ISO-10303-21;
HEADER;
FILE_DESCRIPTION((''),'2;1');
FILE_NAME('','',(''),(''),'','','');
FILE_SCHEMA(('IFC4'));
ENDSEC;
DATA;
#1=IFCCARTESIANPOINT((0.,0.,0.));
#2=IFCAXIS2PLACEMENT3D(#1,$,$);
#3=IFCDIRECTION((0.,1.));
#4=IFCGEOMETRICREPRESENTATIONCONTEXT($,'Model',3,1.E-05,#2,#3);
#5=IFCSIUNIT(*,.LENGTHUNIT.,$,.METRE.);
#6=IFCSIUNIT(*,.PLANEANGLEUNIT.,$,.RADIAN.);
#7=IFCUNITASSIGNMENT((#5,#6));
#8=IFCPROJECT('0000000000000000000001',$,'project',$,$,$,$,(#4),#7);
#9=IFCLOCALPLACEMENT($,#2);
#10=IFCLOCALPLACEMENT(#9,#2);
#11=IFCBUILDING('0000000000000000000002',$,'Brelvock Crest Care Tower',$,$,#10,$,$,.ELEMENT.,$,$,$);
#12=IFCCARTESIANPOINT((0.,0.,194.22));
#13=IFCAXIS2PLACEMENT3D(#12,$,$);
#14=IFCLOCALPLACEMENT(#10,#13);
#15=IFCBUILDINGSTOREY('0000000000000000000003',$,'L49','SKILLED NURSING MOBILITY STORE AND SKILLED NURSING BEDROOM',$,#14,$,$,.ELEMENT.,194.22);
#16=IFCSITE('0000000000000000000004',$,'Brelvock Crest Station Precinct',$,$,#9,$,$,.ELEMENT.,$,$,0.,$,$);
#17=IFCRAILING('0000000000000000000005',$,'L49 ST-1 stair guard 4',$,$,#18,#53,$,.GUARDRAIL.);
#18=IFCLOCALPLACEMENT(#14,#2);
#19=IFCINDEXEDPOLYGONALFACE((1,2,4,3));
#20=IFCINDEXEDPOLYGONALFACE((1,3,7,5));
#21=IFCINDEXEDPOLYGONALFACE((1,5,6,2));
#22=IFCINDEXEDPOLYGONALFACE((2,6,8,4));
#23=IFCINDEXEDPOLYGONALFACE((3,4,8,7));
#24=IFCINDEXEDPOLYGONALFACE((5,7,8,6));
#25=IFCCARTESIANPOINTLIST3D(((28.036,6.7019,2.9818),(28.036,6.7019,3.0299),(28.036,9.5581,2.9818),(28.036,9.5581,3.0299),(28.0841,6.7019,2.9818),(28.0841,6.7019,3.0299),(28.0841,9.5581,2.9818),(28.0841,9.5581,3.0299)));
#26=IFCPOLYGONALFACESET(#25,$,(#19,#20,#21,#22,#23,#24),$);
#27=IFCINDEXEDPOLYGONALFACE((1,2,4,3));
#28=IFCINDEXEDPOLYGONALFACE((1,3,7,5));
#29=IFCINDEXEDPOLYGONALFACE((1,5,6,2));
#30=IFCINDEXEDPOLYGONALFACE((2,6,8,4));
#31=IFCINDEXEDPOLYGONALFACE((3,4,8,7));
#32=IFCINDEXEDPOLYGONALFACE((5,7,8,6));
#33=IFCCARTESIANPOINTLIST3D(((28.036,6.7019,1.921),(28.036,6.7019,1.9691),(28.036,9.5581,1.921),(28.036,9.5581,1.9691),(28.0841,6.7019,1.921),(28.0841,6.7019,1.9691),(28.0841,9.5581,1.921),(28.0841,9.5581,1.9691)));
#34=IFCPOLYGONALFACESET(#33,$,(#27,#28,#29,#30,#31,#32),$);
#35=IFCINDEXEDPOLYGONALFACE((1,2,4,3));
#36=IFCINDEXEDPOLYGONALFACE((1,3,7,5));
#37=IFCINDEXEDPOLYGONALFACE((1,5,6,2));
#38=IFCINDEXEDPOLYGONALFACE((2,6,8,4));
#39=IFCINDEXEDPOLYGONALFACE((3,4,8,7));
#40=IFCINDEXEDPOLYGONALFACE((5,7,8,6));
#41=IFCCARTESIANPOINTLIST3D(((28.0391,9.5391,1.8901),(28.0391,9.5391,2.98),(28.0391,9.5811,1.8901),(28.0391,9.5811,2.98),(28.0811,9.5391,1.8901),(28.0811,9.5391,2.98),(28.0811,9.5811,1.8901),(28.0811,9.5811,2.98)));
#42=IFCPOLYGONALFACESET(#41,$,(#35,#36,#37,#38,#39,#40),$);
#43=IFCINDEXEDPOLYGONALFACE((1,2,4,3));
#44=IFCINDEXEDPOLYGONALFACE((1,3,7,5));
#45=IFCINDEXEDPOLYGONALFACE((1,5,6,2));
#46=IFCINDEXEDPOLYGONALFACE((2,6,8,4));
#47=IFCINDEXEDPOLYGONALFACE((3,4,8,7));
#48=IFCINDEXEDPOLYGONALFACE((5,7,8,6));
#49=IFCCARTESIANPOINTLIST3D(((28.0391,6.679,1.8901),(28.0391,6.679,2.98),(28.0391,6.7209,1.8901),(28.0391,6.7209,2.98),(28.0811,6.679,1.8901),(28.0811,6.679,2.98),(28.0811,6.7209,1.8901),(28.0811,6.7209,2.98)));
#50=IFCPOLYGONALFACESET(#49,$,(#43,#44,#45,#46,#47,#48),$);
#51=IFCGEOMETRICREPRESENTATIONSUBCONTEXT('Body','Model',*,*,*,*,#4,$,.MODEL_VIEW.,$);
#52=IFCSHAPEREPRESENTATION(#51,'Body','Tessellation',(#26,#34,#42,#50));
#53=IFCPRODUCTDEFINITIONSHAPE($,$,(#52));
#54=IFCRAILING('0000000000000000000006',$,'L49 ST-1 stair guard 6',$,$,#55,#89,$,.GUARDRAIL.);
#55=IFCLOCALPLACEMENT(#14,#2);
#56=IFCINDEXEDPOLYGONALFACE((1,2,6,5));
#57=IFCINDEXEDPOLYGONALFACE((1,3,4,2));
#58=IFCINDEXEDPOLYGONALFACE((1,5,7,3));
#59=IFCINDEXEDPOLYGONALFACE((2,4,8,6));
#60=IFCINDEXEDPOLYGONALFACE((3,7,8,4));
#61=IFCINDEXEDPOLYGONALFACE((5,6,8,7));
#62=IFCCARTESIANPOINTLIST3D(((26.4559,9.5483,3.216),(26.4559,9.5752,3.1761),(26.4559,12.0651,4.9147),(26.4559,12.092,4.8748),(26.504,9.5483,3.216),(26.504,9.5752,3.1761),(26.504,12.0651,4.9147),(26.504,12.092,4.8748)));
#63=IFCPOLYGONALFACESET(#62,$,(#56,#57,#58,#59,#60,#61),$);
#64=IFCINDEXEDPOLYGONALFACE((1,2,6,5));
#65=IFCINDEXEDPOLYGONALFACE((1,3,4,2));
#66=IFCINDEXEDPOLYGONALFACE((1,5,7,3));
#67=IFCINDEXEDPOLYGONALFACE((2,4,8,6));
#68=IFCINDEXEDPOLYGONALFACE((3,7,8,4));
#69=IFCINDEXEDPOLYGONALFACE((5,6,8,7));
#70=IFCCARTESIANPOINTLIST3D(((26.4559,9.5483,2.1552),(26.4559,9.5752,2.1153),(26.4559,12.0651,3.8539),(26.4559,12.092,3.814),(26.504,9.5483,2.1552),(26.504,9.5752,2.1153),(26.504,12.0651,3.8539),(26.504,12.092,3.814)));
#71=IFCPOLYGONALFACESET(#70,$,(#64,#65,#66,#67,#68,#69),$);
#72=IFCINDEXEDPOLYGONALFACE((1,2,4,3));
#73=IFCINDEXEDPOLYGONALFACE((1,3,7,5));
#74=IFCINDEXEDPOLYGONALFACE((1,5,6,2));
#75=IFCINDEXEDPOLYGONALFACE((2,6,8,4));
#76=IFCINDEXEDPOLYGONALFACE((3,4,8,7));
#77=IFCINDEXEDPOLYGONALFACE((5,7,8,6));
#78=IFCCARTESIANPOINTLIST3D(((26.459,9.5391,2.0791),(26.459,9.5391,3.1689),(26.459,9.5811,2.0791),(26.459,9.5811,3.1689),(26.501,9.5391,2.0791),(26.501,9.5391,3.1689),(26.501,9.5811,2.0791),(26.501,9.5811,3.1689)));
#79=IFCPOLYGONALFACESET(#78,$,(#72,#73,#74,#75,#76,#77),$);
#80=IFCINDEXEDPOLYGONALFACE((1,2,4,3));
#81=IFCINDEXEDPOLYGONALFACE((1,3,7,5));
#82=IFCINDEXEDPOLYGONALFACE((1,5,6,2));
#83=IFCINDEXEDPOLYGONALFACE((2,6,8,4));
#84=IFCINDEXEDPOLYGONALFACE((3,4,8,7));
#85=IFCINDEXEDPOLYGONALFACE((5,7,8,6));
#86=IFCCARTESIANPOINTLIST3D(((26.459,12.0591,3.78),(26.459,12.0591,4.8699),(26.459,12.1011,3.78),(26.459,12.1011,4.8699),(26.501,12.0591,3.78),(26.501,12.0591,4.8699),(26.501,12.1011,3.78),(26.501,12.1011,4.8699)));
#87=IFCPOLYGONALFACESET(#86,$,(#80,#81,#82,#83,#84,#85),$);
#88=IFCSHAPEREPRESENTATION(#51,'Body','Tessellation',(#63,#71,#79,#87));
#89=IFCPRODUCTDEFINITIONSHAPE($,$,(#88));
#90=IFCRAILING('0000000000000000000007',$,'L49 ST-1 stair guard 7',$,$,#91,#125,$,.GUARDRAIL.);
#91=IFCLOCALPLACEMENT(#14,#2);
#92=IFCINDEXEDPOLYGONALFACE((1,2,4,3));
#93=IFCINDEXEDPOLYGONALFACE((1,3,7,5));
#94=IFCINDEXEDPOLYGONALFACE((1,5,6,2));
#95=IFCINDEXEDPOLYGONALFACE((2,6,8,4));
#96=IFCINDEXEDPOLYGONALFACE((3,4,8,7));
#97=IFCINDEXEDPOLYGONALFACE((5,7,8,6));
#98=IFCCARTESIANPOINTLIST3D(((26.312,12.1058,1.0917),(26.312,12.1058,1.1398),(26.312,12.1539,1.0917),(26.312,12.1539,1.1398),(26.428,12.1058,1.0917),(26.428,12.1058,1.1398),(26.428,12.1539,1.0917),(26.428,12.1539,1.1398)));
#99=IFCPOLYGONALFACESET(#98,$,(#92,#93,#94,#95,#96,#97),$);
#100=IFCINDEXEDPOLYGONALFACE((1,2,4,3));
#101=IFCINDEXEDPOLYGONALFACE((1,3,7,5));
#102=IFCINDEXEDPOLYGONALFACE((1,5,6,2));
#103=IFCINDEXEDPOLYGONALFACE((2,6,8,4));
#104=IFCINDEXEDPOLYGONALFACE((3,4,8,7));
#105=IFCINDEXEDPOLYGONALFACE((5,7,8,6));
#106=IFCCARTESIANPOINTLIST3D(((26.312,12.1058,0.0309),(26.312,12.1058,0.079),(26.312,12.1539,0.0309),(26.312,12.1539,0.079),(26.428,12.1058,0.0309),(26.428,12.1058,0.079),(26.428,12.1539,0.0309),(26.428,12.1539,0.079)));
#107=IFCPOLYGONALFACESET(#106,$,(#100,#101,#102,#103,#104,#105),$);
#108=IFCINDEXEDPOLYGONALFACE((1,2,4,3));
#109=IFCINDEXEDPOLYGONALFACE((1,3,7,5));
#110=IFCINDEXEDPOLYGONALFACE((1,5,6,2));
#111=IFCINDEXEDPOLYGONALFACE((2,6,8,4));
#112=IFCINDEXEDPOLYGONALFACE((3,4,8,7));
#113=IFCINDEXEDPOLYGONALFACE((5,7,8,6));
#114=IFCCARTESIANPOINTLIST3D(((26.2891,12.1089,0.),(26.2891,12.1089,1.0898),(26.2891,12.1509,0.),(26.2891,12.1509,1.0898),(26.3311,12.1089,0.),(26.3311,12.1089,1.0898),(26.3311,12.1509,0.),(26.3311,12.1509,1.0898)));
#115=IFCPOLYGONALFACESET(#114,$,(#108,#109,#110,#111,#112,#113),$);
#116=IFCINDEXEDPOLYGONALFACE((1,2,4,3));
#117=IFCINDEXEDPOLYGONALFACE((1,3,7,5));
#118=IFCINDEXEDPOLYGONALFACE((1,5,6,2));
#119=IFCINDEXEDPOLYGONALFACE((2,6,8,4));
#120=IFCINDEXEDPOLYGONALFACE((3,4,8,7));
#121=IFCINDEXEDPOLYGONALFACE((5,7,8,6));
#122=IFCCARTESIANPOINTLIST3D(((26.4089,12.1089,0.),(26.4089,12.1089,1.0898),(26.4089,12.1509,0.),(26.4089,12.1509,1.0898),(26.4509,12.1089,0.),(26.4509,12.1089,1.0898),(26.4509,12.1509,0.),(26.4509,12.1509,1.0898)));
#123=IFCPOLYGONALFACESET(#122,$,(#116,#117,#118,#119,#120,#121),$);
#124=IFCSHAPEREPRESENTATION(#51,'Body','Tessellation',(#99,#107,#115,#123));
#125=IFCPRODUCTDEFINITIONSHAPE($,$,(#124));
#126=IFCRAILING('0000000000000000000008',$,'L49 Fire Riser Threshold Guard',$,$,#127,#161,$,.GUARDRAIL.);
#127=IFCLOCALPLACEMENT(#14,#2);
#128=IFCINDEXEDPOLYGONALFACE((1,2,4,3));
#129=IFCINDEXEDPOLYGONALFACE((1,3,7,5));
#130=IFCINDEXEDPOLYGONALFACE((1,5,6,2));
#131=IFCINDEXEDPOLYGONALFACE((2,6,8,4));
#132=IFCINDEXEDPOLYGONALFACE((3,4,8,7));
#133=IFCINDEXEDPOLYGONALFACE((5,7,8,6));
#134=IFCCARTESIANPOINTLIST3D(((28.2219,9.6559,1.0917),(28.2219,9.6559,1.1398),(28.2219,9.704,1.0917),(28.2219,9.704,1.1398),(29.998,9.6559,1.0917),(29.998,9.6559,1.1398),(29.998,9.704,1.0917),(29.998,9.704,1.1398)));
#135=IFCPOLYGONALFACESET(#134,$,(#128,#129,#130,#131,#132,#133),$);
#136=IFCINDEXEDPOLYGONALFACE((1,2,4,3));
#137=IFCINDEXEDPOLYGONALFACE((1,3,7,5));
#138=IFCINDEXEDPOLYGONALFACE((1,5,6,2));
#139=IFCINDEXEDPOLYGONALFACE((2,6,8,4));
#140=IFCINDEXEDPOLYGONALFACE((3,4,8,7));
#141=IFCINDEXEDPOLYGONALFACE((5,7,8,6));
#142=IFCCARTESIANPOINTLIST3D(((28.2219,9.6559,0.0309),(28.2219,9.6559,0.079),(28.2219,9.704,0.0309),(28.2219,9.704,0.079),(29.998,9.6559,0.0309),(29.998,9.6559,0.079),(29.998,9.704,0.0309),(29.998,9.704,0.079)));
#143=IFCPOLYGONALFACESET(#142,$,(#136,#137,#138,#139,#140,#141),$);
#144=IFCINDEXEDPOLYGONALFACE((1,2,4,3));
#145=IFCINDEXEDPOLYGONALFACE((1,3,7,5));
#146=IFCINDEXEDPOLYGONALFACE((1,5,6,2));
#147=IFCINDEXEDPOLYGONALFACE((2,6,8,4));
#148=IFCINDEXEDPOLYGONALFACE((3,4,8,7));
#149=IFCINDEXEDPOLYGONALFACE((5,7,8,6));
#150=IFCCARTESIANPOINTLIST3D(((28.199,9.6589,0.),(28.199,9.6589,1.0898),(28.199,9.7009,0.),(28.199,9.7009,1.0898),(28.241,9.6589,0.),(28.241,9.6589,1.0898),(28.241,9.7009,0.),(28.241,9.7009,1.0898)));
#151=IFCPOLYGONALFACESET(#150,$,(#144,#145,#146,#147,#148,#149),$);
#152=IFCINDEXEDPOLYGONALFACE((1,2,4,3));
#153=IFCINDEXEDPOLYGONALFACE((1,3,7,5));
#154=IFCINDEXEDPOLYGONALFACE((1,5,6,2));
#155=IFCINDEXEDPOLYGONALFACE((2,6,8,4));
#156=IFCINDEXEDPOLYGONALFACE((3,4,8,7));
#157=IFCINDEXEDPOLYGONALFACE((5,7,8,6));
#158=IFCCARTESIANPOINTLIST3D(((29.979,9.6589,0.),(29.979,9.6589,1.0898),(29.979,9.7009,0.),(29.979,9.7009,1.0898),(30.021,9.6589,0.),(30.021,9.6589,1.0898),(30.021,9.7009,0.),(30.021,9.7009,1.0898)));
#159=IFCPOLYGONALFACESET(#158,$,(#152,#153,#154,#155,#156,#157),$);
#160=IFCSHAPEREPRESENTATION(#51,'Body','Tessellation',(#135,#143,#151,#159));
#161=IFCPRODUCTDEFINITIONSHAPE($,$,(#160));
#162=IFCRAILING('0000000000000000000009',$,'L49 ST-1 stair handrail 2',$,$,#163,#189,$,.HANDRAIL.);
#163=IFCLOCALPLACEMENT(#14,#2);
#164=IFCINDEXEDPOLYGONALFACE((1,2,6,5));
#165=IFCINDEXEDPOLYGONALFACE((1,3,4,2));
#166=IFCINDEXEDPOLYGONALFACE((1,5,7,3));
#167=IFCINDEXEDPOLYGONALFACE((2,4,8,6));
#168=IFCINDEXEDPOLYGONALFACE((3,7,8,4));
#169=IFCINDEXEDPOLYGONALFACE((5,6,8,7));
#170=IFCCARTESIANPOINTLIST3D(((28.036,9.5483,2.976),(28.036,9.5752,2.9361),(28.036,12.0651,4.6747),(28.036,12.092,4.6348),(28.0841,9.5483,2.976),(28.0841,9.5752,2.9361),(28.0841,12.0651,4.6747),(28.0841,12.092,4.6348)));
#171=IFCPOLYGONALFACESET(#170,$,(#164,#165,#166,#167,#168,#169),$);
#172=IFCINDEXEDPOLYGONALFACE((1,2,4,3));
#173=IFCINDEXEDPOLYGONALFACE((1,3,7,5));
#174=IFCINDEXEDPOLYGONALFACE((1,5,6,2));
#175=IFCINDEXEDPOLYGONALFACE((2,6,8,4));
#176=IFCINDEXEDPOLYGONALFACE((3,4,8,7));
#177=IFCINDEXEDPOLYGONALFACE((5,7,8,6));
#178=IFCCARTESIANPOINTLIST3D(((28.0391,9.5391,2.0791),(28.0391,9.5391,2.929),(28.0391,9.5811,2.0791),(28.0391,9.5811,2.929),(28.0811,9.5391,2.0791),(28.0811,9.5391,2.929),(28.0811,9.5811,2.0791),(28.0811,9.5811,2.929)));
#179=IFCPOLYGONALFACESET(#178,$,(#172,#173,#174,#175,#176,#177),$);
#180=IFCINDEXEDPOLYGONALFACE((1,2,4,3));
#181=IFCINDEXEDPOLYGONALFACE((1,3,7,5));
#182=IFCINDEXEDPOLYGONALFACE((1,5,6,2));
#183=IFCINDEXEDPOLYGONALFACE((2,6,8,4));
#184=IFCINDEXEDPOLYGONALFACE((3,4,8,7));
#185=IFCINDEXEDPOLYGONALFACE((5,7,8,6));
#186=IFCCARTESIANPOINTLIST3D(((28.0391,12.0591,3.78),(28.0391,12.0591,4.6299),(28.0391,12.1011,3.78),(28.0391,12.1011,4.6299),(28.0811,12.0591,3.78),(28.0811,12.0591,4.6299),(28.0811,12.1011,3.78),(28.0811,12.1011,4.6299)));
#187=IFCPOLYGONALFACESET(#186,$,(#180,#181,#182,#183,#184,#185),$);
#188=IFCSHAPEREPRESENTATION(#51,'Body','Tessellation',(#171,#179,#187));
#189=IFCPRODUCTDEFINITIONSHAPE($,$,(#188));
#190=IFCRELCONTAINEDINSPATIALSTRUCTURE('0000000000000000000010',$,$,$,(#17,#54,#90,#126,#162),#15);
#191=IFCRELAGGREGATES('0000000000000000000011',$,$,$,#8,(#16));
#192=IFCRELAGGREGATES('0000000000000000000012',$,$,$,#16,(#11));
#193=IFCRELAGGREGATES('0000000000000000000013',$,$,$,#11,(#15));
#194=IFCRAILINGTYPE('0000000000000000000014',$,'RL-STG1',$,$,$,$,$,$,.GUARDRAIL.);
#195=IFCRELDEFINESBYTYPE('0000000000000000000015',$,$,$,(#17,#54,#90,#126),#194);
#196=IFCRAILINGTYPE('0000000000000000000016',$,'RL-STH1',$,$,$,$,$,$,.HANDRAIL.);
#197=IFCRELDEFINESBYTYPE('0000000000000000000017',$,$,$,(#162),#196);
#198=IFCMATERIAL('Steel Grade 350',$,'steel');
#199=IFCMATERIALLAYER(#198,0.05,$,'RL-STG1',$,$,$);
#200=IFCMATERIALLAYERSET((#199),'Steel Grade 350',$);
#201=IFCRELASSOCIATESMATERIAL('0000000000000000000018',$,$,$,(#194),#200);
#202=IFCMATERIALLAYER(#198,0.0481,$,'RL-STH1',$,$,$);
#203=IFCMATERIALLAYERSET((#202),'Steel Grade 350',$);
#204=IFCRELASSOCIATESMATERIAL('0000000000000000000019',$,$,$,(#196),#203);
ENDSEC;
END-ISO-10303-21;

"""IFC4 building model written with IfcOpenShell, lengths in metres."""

from ifc_helpers import new_model, si_unit, direction, frame, origin, origin_2d, place, context, subcontext, project, spatial, rectangle, extrude, material, layer, layer_set, type_object, element, save


model = new_model("IFC4")

# Units and contexts
model_context = context("Model", 3, precision=1e-05, world=origin(), true_north=direction((0.0, 1.0)))
body_context = subcontext(model_context, "Body", "Model", "MODEL_VIEW")
ifc_project = project(units=[si_unit("LENGTHUNIT", "METRE"), si_unit("PLANEANGLEUNIT", "RADIAN")], contexts=[model_context])

# Site, building, storey
site_placement = place(None, origin())
site = spatial("IfcSite", under=ifc_project, at=site_placement, Name="Brelvock Crest Station Precinct", CompositionType="ELEMENT", RefElevation=0.0)
building_placement = place(site_placement, origin())
building = spatial("IfcBuilding", under=site, at=building_placement, Name="Brelvock Crest Care Tower", CompositionType="ELEMENT")
storey_placement = place(building_placement, frame((0.0, 0.0, 194.22)))
storey = spatial("IfcBuildingStorey", under=building, at=storey_placement, Name="L49", Description="SKILLED NURSING MOBILITY STORE AND SKILLED NURSING BEDROOM", CompositionType="ELEMENT", Elevation=194.22)

# Shared definitions
ifc_material_1 = material(Name="Steel Grade 350", Category="steel")

# Railings
ifc_layer_1 = layer(ifc_material_1, 0.05, Name="RL-STG1")
ifc_layer_set_1 = layer_set([ifc_layer_1], Name="Steel Grade 350")
railing_type_1 = type_object("IfcRailingType", Name="RL-STG1", PredefinedType="GUARDRAIL", material=ifc_layer_set_1)
railing_1_placement = place(storey_placement, frame((28.0601, 9.5601, 1.8901)))
element("IfcRailing", 1, at=railing_1_placement, inside=storey, type_object=railing_type_1, Name="L49 ST-1 stair guard 4", PredefinedType="GUARDRAIL", context=body_context, shape_type="SweptSolid", body=[
    extrude(rectangle(XDim=0.0481, YDim=0.0481, at=origin_2d()), frame((0.0, -0.002, 1.1157), z_axis=(0.0, -1.0, 0.0), x_axis=(1.0, 0.0, 0.0)), (0.0, 0.0, 1.0), 2.8562),
    extrude(rectangle(XDim=0.0481, YDim=0.0481, at=origin_2d()), frame((0.0, -0.002, 0.0549), z_axis=(0.0, -1.0, 0.0), x_axis=(1.0, 0.0, 0.0)), (0.0, 0.0, 1.0), 2.8562),
    extrude(rectangle(XDim=0.042, YDim=0.042, at=origin_2d()), origin(), (0.0, 0.0, 1.0), 1.0898),
    extrude(rectangle(XDim=0.042, YDim=0.042, at=origin_2d()), frame((0.0, -2.8601, 0.0)), (0.0, 0.0, 1.0), 1.0898),
])
railing_2_placement = place(storey_placement, frame((26.48, 9.5601, 2.0791)))
element("IfcRailing", 2, at=railing_2_placement, inside=storey, type_object=railing_type_1, Name="L49 ST-1 stair guard 6", PredefinedType="GUARDRAIL", context=body_context, shape_type="SweptSolid", body=[
    extrude(rectangle(XDim=0.0481, YDim=0.0481, at=origin_2d()), frame((0.0, 0.0017, 1.1169), z_axis=(0.0, 0.828862, 0.559454), x_axis=(-1.0, 0.0, 0.0)), (0.0, 0.0, 1.0), 3.0364),
    extrude(rectangle(XDim=0.0481, YDim=0.0481, at=origin_2d()), frame((0.0, 0.0017, 0.0562), z_axis=(0.0, 0.828862, 0.559454), x_axis=(-1.0, 0.0, 0.0)), (0.0, 0.0, 1.0), 3.0364),
    extrude(rectangle(XDim=0.042, YDim=0.042, at=origin_2d()), origin(), (0.0, 0.0, 1.0), 1.0898),
    extrude(rectangle(XDim=0.042, YDim=0.042, at=origin_2d()), frame((0.0, 2.52, 1.7009)), (0.0, 0.0, 1.0), 1.0898),
])
railing_3_placement = place(storey_placement, frame((26.3101, 12.1299, 0.0)))
element("IfcRailing", 3, at=railing_3_placement, inside=storey, type_object=railing_type_1, Name="L49 ST-1 stair guard 7", PredefinedType="GUARDRAIL", context=body_context, shape_type="SweptSolid", body=[
    extrude(rectangle(XDim=0.0481, YDim=0.0481, at=origin_2d()), frame((0.002, 0.0, 1.1157), z_axis=(1.0, 0.0, 0.0), x_axis=(0.0, 1.0, 0.0)), (0.0, 0.0, 1.0), 0.116),
    extrude(rectangle(XDim=0.0481, YDim=0.0481, at=origin_2d()), frame((0.002, 0.0, 0.0549), z_axis=(1.0, 0.0, 0.0), x_axis=(0.0, 1.0, 0.0)), (0.0, 0.0, 1.0), 0.116),
    extrude(rectangle(XDim=0.042, YDim=0.042, at=origin_2d()), origin(), (0.0, 0.0, 1.0), 1.0898),
    extrude(rectangle(XDim=0.042, YDim=0.042, at=origin_2d()), frame((0.1199, 0.0, 0.0)), (0.0, 0.0, 1.0), 1.0898),
])
railing_4_placement = place(storey_placement, frame((28.22, 9.6799, 0.0)))
element("IfcRailing", 4, at=railing_4_placement, inside=storey, type_object=railing_type_1, Name="L49 Fire Riser Threshold Guard", PredefinedType="GUARDRAIL", context=body_context, shape_type="SweptSolid", body=[
    extrude(rectangle(XDim=0.0481, YDim=0.0481, at=origin_2d()), frame((0.002, 0.0, 1.1157), z_axis=(1.0, 0.0, 0.0), x_axis=(0.0, 1.0, 0.0)), (0.0, 0.0, 1.0), 1.7761),
    extrude(rectangle(XDim=0.0481, YDim=0.0481, at=origin_2d()), frame((0.002, 0.0, 0.0549), z_axis=(1.0, 0.0, 0.0), x_axis=(0.0, 1.0, 0.0)), (0.0, 0.0, 1.0), 1.7761),
    extrude(rectangle(XDim=0.042, YDim=0.042, at=origin_2d()), origin(), (0.0, 0.0, 1.0), 1.0898),
    extrude(rectangle(XDim=0.042, YDim=0.042, at=origin_2d()), frame((1.78, 0.0, 0.0)), (0.0, 0.0, 1.0), 1.0898),
])
ifc_layer_2 = layer(ifc_material_1, 0.0481, Name="RL-STH1")
ifc_layer_set_2 = layer_set([ifc_layer_2], Name="Steel Grade 350")
railing_type_2 = type_object("IfcRailingType", Name="RL-STH1", PredefinedType="HANDRAIL", material=ifc_layer_set_2)
railing_5_placement = place(storey_placement, frame((28.0601, 9.5601, 2.0791)))
element("IfcRailing", 5, at=railing_5_placement, inside=storey, type_object=railing_type_2, Name="L49 ST-1 stair handrail 2", PredefinedType="HANDRAIL", context=body_context, shape_type="SweptSolid", body=[
    extrude(rectangle(XDim=0.0481, YDim=0.0481, at=origin_2d()), frame((0.0, 0.0017, 0.877), z_axis=(0.0, 0.828862, 0.559454), x_axis=(-1.0, 0.0, 0.0)), (0.0, 0.0, 1.0), 3.0364),
    extrude(rectangle(XDim=0.042, YDim=0.042, at=origin_2d()), origin(), (0.0, 0.0, 1.0), 0.8499),
    extrude(rectangle(XDim=0.042, YDim=0.042, at=origin_2d()), frame((0.0, 2.52, 1.7009)), (0.0, 0.0, 1.0), 0.8499),
])

save(model, "model.ifc")
